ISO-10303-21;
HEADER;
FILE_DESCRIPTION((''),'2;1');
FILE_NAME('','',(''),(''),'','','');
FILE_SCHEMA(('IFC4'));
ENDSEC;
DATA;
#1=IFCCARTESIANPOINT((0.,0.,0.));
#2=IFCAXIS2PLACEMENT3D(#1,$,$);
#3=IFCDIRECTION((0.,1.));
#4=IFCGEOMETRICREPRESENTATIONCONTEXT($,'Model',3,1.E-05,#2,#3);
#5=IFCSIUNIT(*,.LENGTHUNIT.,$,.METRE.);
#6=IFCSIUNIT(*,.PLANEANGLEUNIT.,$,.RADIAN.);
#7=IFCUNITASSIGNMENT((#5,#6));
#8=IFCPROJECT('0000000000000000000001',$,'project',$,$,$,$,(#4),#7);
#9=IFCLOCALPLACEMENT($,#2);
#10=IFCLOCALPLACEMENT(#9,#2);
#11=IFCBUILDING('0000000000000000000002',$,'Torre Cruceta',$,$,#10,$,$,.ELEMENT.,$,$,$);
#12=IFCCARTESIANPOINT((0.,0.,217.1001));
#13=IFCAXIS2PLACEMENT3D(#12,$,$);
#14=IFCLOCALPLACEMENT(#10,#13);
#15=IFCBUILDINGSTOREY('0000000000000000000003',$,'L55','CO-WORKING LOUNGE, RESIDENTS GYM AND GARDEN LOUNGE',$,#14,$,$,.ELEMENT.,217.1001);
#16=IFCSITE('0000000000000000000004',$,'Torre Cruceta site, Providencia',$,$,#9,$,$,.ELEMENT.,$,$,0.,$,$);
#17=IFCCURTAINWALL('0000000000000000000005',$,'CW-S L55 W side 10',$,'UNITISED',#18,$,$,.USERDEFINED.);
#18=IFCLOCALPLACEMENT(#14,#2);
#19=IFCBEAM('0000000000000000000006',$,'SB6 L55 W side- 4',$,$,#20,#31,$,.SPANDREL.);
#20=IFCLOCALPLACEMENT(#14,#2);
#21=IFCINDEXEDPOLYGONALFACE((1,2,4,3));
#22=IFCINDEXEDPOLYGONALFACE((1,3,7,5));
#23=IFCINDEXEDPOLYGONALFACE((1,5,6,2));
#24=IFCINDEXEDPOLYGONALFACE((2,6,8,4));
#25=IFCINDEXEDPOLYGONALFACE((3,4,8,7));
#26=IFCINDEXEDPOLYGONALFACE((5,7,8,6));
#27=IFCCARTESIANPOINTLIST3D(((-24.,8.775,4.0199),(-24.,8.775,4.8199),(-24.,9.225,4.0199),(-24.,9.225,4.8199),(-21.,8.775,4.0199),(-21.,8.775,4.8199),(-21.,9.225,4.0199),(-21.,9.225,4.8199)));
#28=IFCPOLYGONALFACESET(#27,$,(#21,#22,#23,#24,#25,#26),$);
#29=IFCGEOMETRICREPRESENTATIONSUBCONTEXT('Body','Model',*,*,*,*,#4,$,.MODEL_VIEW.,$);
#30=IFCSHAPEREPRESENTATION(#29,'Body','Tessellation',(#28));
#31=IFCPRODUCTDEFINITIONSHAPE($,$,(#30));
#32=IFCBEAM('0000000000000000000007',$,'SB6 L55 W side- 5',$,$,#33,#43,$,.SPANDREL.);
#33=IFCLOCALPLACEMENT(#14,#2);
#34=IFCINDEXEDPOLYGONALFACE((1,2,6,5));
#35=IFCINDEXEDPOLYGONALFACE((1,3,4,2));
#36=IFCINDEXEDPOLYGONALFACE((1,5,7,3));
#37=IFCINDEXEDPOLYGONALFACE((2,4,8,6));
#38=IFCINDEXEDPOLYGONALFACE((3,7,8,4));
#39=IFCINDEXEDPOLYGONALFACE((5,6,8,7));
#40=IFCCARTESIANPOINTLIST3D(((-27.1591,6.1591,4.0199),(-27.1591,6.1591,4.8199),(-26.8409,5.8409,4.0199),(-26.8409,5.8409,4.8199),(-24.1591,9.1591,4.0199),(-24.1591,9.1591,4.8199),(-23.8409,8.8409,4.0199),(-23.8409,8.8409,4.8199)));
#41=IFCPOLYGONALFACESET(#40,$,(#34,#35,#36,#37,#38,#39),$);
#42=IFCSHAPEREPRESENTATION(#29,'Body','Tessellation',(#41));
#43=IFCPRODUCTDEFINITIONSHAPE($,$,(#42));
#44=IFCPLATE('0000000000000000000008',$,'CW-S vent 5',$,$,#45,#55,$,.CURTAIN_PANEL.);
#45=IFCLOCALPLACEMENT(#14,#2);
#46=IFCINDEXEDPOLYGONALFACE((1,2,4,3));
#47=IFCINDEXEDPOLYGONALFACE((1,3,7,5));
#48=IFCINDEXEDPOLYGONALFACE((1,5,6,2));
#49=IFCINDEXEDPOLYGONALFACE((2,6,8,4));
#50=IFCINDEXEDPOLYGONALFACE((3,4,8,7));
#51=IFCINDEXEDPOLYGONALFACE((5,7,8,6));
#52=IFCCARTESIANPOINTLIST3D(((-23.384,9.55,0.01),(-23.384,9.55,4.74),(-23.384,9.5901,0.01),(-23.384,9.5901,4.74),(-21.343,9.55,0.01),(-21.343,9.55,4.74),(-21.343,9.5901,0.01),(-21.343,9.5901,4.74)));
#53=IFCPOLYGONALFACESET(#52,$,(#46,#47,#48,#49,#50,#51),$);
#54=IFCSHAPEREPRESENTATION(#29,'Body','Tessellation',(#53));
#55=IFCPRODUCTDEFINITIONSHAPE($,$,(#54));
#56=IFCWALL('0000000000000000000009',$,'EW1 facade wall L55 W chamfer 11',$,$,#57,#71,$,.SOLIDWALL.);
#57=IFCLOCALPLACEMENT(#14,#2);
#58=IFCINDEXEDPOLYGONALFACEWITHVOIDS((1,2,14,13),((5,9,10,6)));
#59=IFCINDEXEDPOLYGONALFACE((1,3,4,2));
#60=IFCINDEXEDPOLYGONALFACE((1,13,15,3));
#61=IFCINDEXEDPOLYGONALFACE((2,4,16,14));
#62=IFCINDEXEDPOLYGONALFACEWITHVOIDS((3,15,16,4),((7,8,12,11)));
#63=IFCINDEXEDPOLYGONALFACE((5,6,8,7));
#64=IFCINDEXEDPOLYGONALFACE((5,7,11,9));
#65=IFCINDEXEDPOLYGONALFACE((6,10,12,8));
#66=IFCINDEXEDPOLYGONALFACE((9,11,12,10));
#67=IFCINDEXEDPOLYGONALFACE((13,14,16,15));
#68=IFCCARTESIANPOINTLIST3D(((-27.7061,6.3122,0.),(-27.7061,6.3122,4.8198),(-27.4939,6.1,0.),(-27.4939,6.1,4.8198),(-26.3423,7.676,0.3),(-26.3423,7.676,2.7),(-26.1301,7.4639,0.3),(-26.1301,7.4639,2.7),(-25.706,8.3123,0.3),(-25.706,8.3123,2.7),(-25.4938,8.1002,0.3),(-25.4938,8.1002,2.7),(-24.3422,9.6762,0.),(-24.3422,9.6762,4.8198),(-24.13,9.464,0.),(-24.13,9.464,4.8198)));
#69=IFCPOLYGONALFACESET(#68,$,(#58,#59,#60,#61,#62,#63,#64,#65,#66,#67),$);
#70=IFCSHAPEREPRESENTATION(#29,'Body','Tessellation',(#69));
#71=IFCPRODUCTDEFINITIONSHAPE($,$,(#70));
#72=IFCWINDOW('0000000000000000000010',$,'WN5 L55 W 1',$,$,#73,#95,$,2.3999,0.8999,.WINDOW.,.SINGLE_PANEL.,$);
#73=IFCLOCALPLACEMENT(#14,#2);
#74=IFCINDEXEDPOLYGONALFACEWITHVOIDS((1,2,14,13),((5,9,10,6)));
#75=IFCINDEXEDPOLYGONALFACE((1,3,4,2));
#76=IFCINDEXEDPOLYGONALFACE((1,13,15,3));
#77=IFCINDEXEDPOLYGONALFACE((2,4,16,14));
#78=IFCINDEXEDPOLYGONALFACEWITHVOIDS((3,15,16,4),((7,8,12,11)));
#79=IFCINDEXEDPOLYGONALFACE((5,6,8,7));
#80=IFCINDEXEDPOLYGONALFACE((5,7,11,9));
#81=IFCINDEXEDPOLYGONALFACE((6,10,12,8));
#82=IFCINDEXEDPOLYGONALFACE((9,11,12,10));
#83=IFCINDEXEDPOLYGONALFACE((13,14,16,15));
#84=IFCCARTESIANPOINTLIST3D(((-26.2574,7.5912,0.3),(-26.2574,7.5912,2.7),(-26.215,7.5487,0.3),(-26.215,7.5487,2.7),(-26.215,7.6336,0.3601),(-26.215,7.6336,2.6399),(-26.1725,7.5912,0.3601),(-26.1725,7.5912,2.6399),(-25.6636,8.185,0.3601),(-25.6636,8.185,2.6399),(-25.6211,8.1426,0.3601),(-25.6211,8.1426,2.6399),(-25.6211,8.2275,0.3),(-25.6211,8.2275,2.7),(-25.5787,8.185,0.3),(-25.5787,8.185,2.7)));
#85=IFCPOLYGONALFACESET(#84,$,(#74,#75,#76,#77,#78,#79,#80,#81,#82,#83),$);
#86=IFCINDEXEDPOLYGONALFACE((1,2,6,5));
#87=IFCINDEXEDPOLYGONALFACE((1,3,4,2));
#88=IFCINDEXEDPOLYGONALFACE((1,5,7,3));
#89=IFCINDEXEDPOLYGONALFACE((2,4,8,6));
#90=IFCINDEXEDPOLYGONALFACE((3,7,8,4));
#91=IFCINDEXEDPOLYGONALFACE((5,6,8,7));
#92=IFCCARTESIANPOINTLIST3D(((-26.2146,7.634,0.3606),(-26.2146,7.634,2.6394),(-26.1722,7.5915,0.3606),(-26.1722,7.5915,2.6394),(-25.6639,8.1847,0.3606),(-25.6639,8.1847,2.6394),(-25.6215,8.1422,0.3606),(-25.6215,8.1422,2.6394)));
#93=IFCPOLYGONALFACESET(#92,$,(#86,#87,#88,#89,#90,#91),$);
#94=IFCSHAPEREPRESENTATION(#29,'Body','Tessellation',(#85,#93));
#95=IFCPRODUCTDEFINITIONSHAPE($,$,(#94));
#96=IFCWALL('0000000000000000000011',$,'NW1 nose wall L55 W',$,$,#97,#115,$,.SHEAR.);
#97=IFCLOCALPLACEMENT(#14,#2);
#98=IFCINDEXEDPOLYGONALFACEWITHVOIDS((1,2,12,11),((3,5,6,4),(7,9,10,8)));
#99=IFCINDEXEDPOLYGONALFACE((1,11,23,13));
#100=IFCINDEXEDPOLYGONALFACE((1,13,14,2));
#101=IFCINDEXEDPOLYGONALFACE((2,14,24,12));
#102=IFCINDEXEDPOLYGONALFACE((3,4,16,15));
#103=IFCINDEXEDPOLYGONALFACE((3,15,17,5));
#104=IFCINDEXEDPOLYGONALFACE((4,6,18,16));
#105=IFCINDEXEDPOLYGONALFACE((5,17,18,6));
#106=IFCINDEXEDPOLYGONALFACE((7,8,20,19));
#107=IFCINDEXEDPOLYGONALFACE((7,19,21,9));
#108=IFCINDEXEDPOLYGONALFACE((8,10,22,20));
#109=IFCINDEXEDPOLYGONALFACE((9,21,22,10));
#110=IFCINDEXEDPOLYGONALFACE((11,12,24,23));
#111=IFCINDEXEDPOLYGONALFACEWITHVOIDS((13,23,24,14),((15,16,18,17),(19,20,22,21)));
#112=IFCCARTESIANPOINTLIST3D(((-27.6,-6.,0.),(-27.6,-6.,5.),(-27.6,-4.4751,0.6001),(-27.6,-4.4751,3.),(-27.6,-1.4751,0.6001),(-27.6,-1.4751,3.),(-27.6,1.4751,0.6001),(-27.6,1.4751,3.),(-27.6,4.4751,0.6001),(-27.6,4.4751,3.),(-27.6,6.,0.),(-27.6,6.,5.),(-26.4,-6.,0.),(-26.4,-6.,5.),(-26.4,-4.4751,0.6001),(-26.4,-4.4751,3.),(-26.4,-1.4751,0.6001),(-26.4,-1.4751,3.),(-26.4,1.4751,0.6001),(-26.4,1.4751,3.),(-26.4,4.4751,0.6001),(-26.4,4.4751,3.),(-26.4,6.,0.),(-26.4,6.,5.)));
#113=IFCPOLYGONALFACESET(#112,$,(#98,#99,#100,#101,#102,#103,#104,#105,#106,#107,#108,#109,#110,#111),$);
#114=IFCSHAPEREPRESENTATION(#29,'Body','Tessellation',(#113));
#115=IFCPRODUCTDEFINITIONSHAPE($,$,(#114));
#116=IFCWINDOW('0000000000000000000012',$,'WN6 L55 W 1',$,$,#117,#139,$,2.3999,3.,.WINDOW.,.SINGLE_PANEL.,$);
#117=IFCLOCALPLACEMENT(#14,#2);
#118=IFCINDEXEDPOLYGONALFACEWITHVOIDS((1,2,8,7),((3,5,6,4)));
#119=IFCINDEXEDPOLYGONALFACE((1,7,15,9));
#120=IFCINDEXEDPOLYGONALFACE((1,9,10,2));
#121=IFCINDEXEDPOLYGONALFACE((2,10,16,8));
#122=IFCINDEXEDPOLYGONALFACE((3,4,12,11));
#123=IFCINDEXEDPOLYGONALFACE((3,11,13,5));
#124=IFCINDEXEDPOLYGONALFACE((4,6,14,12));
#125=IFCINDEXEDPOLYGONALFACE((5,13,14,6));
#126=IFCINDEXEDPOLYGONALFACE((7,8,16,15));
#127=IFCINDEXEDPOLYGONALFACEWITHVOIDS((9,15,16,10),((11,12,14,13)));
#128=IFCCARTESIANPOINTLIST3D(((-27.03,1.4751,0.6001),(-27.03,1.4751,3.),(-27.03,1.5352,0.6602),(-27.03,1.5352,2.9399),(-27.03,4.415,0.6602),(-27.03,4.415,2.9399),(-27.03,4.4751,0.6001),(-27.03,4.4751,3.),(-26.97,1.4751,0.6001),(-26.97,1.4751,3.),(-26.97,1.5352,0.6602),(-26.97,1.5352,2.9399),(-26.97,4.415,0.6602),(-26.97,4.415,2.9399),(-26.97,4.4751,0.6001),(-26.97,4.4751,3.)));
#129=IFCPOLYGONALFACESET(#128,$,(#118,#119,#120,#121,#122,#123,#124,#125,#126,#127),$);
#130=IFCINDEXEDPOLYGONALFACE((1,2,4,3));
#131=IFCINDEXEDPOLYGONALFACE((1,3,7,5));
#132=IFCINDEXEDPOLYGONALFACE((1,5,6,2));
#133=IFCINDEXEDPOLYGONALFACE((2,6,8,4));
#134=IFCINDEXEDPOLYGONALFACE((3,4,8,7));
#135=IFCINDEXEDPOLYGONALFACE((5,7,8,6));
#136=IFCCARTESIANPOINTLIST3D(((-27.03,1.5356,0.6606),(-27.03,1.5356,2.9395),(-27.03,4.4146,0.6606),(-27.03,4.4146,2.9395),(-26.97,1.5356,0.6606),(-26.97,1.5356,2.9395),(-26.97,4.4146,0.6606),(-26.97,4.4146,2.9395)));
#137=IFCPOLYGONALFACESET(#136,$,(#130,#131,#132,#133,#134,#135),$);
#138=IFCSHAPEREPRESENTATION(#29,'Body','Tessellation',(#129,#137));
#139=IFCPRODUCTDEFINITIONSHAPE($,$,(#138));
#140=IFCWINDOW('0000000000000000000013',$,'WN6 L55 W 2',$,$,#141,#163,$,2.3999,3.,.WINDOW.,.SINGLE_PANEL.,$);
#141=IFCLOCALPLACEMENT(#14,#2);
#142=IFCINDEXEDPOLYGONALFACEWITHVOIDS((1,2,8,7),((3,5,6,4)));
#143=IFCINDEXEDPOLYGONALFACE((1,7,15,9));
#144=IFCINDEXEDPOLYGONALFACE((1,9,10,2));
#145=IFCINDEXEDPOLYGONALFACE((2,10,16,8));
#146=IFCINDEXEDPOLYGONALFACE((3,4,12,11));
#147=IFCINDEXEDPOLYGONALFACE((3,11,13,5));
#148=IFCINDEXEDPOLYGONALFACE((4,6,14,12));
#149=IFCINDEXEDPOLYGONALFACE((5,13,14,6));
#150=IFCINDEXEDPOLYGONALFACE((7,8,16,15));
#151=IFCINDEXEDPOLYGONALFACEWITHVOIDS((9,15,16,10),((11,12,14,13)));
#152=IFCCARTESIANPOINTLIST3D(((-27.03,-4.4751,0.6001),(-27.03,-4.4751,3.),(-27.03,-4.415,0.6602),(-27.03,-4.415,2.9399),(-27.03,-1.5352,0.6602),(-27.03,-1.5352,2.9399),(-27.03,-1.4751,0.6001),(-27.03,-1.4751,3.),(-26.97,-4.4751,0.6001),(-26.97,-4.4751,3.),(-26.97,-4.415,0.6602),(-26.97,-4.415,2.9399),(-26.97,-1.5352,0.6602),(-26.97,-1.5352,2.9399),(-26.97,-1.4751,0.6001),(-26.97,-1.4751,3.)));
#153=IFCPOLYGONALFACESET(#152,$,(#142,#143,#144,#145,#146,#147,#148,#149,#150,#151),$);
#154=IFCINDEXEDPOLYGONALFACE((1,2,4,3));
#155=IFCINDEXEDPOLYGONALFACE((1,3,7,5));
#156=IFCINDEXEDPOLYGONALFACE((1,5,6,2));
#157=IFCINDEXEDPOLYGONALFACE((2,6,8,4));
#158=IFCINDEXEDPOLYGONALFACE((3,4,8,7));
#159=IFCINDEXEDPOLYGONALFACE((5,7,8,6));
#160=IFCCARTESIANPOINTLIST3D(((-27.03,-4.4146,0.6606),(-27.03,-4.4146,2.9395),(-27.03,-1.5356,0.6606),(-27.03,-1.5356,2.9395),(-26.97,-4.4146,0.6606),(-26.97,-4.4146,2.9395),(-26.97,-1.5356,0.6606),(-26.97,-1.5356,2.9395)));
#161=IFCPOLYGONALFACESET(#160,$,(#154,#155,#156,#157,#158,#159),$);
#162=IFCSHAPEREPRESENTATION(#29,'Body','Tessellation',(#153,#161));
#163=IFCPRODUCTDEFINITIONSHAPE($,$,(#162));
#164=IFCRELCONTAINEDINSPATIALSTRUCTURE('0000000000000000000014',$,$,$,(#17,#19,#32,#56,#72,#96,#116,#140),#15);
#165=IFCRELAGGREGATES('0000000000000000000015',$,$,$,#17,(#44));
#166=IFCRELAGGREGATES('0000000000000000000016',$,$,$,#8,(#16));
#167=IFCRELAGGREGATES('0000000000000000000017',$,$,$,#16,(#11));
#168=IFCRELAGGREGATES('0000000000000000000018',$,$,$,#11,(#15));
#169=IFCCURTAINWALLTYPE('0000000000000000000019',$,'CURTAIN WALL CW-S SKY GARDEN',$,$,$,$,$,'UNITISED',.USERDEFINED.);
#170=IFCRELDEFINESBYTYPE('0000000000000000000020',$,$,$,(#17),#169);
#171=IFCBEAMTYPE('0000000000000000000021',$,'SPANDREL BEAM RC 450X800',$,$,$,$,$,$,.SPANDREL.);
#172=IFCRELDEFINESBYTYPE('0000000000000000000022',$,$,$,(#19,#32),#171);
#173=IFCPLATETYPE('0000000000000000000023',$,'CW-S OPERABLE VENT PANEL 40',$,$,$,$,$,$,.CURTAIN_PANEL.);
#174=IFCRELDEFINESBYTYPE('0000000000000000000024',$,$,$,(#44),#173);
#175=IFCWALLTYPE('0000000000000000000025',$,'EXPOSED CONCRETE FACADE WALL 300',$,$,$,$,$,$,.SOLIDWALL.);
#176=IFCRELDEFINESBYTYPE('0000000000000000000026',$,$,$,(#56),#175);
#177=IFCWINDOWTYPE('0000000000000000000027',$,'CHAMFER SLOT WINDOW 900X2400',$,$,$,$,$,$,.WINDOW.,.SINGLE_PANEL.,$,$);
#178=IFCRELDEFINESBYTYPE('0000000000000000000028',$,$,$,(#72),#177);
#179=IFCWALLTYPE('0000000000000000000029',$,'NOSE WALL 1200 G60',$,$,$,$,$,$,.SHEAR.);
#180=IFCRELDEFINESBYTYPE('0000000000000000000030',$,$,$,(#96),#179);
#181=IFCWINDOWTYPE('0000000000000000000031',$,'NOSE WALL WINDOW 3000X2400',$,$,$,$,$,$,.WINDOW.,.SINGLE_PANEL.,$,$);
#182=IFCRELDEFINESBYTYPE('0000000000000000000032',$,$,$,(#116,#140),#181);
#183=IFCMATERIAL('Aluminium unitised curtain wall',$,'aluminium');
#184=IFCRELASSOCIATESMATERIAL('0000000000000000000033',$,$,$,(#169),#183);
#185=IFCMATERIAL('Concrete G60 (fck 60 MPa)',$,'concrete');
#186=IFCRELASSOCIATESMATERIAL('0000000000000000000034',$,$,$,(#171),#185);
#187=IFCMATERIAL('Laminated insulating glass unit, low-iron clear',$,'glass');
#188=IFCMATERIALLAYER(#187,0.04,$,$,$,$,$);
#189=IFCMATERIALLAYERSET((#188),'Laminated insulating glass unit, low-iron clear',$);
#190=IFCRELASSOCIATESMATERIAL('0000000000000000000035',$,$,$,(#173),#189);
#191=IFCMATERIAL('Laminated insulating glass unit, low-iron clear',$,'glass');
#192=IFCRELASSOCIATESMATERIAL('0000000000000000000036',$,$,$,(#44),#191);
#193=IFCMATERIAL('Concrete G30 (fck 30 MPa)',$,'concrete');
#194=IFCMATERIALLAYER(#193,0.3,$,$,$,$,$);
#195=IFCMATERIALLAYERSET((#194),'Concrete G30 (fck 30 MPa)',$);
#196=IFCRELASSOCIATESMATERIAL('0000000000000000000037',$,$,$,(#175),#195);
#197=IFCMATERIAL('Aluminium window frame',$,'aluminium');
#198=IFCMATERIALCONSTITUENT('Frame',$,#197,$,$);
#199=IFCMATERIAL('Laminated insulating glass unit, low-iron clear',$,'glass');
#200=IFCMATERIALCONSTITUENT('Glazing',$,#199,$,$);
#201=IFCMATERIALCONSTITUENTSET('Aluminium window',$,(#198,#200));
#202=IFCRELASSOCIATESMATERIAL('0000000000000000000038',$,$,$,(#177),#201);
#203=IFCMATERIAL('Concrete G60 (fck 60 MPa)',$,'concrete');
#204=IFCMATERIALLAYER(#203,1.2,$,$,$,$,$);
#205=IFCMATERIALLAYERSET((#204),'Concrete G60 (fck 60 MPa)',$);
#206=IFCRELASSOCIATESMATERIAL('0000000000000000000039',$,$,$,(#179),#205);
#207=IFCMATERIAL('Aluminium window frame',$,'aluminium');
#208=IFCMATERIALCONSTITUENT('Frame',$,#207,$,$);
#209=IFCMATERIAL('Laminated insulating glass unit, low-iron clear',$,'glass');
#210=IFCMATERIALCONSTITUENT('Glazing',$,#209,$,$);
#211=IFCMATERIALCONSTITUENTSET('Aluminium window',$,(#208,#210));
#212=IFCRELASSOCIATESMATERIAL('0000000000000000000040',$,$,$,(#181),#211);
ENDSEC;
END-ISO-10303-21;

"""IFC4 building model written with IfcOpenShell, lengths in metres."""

from ifc_helpers import new_model, si_unit, direction, frame, frame_2d, origin, origin_2d, place, context, subcontext, project, spatial, rectangle, hollow_rectangle, extrude, material, layer, layer_set, constituent, constituent_set, material_profile, profile_set, type_object, element, fill, aggregate, save


model = new_model("IFC4")

# Units and contexts
model_context = context("Model", 3, precision=1e-05, world=origin(), true_north=direction((0.0, 1.0)))
body_context = subcontext(model_context, "Body", "Model", "MODEL_VIEW")
ifc_project = project(units=[si_unit("LENGTHUNIT", "METRE"), si_unit("PLANEANGLEUNIT", "RADIAN")], contexts=[model_context])

# Site, building, storey
site_placement = place(None, origin())
site = spatial("IfcSite", under=ifc_project, at=site_placement, Name="Torre Cruceta site, Providencia", CompositionType="ELEMENT", RefElevation=0.0)
building_placement = place(site_placement, origin())
building = spatial("IfcBuilding", under=site, at=building_placement, Name="Torre Cruceta", CompositionType="ELEMENT")
storey_placement = place(building_placement, frame((0.0, 0.0, 217.1001)))
storey = spatial("IfcBuildingStorey", under=building, at=storey_placement, Name="L55", Description="CO-WORKING LOUNGE, RESIDENTS GYM AND GARDEN LOUNGE", CompositionType="ELEMENT", Elevation=217.1001)

# Curtain wall
ifc_material_1 = material(Name="Aluminium unitised curtain wall", Category="aluminium")
curtain_wall_type = type_object("IfcCurtainWallType", Name="CURTAIN WALL CW-S SKY GARDEN", ElementType="UNITISED", PredefinedType="USERDEFINED", material=ifc_material_1)
curtain_wall_placement = place(storey_placement, origin())
curtain_wall = element("IfcCurtainWall", 1, at=curtain_wall_placement, inside=storey, type_object=curtain_wall_type, Name="CW-S L55 W side 10", ObjectType="UNITISED", PredefinedType="USERDEFINED")

# Beams
ifc_material_2 = material(Name="Concrete G60 (fck 60 MPa)", Category="concrete")
ifc_material_profile_1 = material_profile(ifc_material_2, rectangle(XDim=0.45, YDim=0.8, at=origin_2d()), Name="RC 450X800")
ifc_profile_set_1 = profile_set([ifc_material_profile_1], Name="Concrete G60 (fck 60 MPa)")
beam_type_1 = type_object("IfcBeamType", Name="SPANDREL BEAM RC 450X800", PredefinedType="SPANDREL", material=ifc_profile_set_1)
beam_1_placement = place(storey_placement, frame((-21.0, 9.0, 4.4199), z_axis=(-1.0, 0.0, 0.0), x_axis=(0.0, -1.0, 0.0)))
element("IfcBeam", 2, at=beam_1_placement, inside=storey, type_object=beam_type_1, Name="SB6 L55 W side- 4", PredefinedType="SPANDREL", context=body_context, shape_type="SweptSolid", body=[
    extrude(rectangle(XDim=0.45, YDim=0.8, at=origin_2d()), origin(), (0.0, 0.0, 1.0), 3.0),
])
beam_2_placement = place(storey_placement, frame((-24.0, 9.0, 4.4199), z_axis=(-0.707107, -0.707107, 0.0), x_axis=(0.707107, -0.707107, 0.0)))
element("IfcBeam", 3, at=beam_2_placement, inside=storey, type_object=beam_type_1, Name="SB6 L55 W side- 5", PredefinedType="SPANDREL", context=body_context, shape_type="SweptSolid", body=[
    extrude(rectangle(XDim=0.45, YDim=0.8, at=origin_2d()), origin(), (0.0, 0.0, 1.0), 4.2427),
])

# Plate
ifc_material_3 = material(Name="Laminated insulating glass unit, low-iron clear", Category="glass")
ifc_material_4 = material(Name="Laminated insulating glass unit, low-iron clear", Category="glass")
ifc_layer_1 = layer(ifc_material_4, 0.04)
ifc_layer_set_1 = layer_set([ifc_layer_1], Name="Laminated insulating glass unit, low-iron clear")
plate_type = type_object("IfcPlateType", Name="CW-S OPERABLE VENT PANEL 40", PredefinedType="CURTAIN_PANEL", material=ifc_layer_set_1)
plate_placement = place(storey_placement, frame((-22.3635, 9.5701, 0.01), z_axis=(0.0, 0.0, 1.0), x_axis=(-1.0, 0.0, 0.0)))
plate = element("IfcPlate", 4, at=plate_placement, type_object=plate_type, material=ifc_material_3, Name="CW-S vent 5", PredefinedType="CURTAIN_PANEL", context=body_context, shape_type="SweptSolid", body=[
    extrude(rectangle(XDim=2.041, YDim=0.04, at=origin_2d()), origin(), (0.0, 0.0, 1.0), 4.73),
])
aggregate(curtain_wall, [plate])

# Wall, opening, window
ifc_material_5 = material(Name="Concrete G30 (fck 30 MPa)", Category="concrete")
ifc_layer_2 = layer(ifc_material_5, 0.3)
ifc_layer_set_2 = layer_set([ifc_layer_2], Name="Concrete G30 (fck 30 MPa)")
wall_type_1 = type_object("IfcWallType", Name="EXPOSED CONCRETE FACADE WALL 300", PredefinedType="SOLIDWALL", material=ifc_layer_set_2)
wall_1_placement = place(storey_placement, frame((-24.2361, 9.5701, 0.0), z_axis=(0.0, 0.0, 1.0), x_axis=(-0.707107, -0.707107, 0.0)))
wall_1 = element("IfcWall", 5, at=wall_1_placement, inside=storey, type_object=wall_type_1, Name="EW1 facade wall L55 W chamfer 11", PredefinedType="SOLIDWALL", context=body_context, shape_type="SweptSolid", body=[
    extrude(rectangle(XDim=4.7573, YDim=0.3, at=frame_2d((2.3787, 0.0))), origin(), (0.0, 0.0, 1.0), 4.8198),
])
opening_1_placement = place(wall_1_placement, frame((1.9287, 0.0, 0.3)))
opening_1 = element("IfcOpeningElement", 6, at=opening_1_placement, cuts=wall_1, PredefinedType="OPENING", context=body_context, shape_type="SweptSolid", body=[
    extrude(rectangle(XDim=0.8999, YDim=2.3999, at=frame_2d((0.45, 1.2))), frame((0.0, 0.1599, 0.0), z_axis=(0.0, -1.0, 0.0), x_axis=(1.0, 0.0, 0.0)), (0.0, 0.0, 1.0), 0.3201),
])
ifc_material_6 = material(Name="Aluminium window frame", Category="aluminium")
ifc_constituent_1 = constituent(ifc_material_6, Name="Frame")
ifc_material_7 = material(Name="Laminated insulating glass unit, low-iron clear", Category="glass")
ifc_constituent_2 = constituent(ifc_material_7, Name="Glazing")
ifc_constituent_set_1 = constituent_set(constituents=[ifc_constituent_1, ifc_constituent_2], Name="Aluminium window")
window_type_1 = type_object("IfcWindowType", Name="CHAMFER SLOT WINDOW 900X2400", PartitioningType="SINGLE_PANEL", PredefinedType="WINDOW", material=ifc_constituent_set_1)
window_1_placement = place(opening_1_placement, origin())
window_1 = element("IfcWindow", 7, at=window_1_placement, inside=storey, type_object=window_type_1, Name="WN5 L55 W 1", OverallHeight=2.3999, OverallWidth=0.8999, PartitioningType="SINGLE_PANEL", PredefinedType="WINDOW", context=body_context, shape_type="SweptSolid", body=[
    extrude(hollow_rectangle(XDim=0.8999, YDim=2.3999, WallThickness=0.0601, at=frame_2d((0.45, 1.2))), frame((0.0, 0.03, 0.0), z_axis=(0.0, -1.0, 0.0), x_axis=(1.0, 0.0, 0.0)), (0.0, 0.0, 1.0), 0.0601),
    extrude(rectangle(XDim=0.7788, YDim=2.2788, at=frame_2d((0.45, 1.2))), frame((0.0, 0.03, 0.0), z_axis=(0.0, -1.0, 0.0), x_axis=(1.0, 0.0, 0.0)), (0.0, 0.0, 1.0), 0.0601),
])
fill(opening_1, window_1)

# Wall, openings, windows
ifc_material_8 = material(Name="Concrete G60 (fck 60 MPa)", Category="concrete")
ifc_layer_3 = layer(ifc_material_8, 1.2)
ifc_layer_set_3 = layer_set([ifc_layer_3], Name="Concrete G60 (fck 60 MPa)")
wall_type_2 = type_object("IfcWallType", Name="NOSE WALL 1200 G60", PredefinedType="SHEAR", material=ifc_layer_set_3)
wall_2_placement = place(storey_placement, frame((-27.0, 6.0, 0.0), z_axis=(0.0, 0.0, 1.0), x_axis=(0.0, -1.0, 0.0)))
wall_2 = element("IfcWall", 8, at=wall_2_placement, inside=storey, type_object=wall_type_2, Name="NW1 nose wall L55 W", PredefinedType="SHEAR", context=body_context, shape_type="SweptSolid", body=[
    extrude(rectangle(XDim=12.0, YDim=1.2, at=frame_2d((6.0, 0.0))), origin(), (0.0, 0.0, 1.0), 5.0),
])
opening_2_placement = place(wall_2_placement, frame((1.5249, 0.0, 0.6001)))
opening_2 = element("IfcOpeningElement", 9, at=opening_2_placement, cuts=wall_2, PredefinedType="OPENING", context=body_context, shape_type="SweptSolid", body=[
    extrude(rectangle(XDim=3.0, YDim=2.3999, at=frame_2d((1.5, 1.2))), frame((0.0, 0.6099, 0.0), z_axis=(0.0, -1.0, 0.0), x_axis=(1.0, 0.0, 0.0)), (0.0, 0.0, 1.0), 1.22),
])
opening_3_placement = place(wall_2_placement, frame((7.4751, 0.0, 0.6001)))
opening_3 = element("IfcOpeningElement", 10, at=opening_3_placement, cuts=wall_2, PredefinedType="OPENING", context=body_context, shape_type="SweptSolid", body=[
    extrude(rectangle(XDim=3.0, YDim=2.3999, at=frame_2d((1.5, 1.2))), frame((0.0, 0.6099, 0.0), z_axis=(0.0, -1.0, 0.0), x_axis=(1.0, 0.0, 0.0)), (0.0, 0.0, 1.0), 1.22),
])
ifc_material_9 = material(Name="Aluminium window frame", Category="aluminium")
ifc_constituent_3 = constituent(ifc_material_9, Name="Frame")
ifc_material_10 = material(Name="Laminated insulating glass unit, low-iron clear", Category="glass")
ifc_constituent_4 = constituent(ifc_material_10, Name="Glazing")
ifc_constituent_set_2 = constituent_set(constituents=[ifc_constituent_3, ifc_constituent_4], Name="Aluminium window")
window_type_2 = type_object("IfcWindowType", Name="NOSE WALL WINDOW 3000X2400", PartitioningType="SINGLE_PANEL", PredefinedType="WINDOW", material=ifc_constituent_set_2)
window_2_placement = place(opening_2_placement, origin())
window_2 = element("IfcWindow", 11, at=window_2_placement, inside=storey, type_object=window_type_2, Name="WN6 L55 W 1", OverallHeight=2.3999, OverallWidth=3.0, PartitioningType="SINGLE_PANEL", PredefinedType="WINDOW", context=body_context, shape_type="SweptSolid", body=[
    extrude(hollow_rectangle(XDim=3.0, YDim=2.3999, WallThickness=0.0601, at=frame_2d((1.5, 1.2))), frame((0.0, 0.03, 0.0), z_axis=(0.0, -1.0, 0.0), x_axis=(1.0, 0.0, 0.0)), (0.0, 0.0, 1.0), 0.0601),
    extrude(rectangle(XDim=2.8789, YDim=2.2788, at=frame_2d((1.5, 1.2))), frame((0.0, 0.03, 0.0), z_axis=(0.0, -1.0, 0.0), x_axis=(1.0, 0.0, 0.0)), (0.0, 0.0, 1.0), 0.0601),
])
fill(opening_2, window_2)
window_3_placement = place(opening_3_placement, origin())
window_3 = element("IfcWindow", 12, at=window_3_placement, inside=storey, type_object=window_type_2, Name="WN6 L55 W 2", OverallHeight=2.3999, OverallWidth=3.0, PartitioningType="SINGLE_PANEL", PredefinedType="WINDOW", context=body_context, shape_type="SweptSolid", body=[
    extrude(hollow_rectangle(XDim=3.0, YDim=2.3999, WallThickness=0.0601, at=frame_2d((1.5, 1.2))), frame((0.0, 0.03, 0.0), z_axis=(0.0, -1.0, 0.0), x_axis=(1.0, 0.0, 0.0)), (0.0, 0.0, 1.0), 0.0601),
    extrude(rectangle(XDim=2.8789, YDim=2.2788, at=frame_2d((1.5, 1.2))), frame((0.0, 0.03, 0.0), z_axis=(0.0, -1.0, 0.0), x_axis=(1.0, 0.0, 0.0)), (0.0, 0.0, 1.0), 0.0601),
])
fill(opening_3, window_3)

save(model, "model.ifc")
